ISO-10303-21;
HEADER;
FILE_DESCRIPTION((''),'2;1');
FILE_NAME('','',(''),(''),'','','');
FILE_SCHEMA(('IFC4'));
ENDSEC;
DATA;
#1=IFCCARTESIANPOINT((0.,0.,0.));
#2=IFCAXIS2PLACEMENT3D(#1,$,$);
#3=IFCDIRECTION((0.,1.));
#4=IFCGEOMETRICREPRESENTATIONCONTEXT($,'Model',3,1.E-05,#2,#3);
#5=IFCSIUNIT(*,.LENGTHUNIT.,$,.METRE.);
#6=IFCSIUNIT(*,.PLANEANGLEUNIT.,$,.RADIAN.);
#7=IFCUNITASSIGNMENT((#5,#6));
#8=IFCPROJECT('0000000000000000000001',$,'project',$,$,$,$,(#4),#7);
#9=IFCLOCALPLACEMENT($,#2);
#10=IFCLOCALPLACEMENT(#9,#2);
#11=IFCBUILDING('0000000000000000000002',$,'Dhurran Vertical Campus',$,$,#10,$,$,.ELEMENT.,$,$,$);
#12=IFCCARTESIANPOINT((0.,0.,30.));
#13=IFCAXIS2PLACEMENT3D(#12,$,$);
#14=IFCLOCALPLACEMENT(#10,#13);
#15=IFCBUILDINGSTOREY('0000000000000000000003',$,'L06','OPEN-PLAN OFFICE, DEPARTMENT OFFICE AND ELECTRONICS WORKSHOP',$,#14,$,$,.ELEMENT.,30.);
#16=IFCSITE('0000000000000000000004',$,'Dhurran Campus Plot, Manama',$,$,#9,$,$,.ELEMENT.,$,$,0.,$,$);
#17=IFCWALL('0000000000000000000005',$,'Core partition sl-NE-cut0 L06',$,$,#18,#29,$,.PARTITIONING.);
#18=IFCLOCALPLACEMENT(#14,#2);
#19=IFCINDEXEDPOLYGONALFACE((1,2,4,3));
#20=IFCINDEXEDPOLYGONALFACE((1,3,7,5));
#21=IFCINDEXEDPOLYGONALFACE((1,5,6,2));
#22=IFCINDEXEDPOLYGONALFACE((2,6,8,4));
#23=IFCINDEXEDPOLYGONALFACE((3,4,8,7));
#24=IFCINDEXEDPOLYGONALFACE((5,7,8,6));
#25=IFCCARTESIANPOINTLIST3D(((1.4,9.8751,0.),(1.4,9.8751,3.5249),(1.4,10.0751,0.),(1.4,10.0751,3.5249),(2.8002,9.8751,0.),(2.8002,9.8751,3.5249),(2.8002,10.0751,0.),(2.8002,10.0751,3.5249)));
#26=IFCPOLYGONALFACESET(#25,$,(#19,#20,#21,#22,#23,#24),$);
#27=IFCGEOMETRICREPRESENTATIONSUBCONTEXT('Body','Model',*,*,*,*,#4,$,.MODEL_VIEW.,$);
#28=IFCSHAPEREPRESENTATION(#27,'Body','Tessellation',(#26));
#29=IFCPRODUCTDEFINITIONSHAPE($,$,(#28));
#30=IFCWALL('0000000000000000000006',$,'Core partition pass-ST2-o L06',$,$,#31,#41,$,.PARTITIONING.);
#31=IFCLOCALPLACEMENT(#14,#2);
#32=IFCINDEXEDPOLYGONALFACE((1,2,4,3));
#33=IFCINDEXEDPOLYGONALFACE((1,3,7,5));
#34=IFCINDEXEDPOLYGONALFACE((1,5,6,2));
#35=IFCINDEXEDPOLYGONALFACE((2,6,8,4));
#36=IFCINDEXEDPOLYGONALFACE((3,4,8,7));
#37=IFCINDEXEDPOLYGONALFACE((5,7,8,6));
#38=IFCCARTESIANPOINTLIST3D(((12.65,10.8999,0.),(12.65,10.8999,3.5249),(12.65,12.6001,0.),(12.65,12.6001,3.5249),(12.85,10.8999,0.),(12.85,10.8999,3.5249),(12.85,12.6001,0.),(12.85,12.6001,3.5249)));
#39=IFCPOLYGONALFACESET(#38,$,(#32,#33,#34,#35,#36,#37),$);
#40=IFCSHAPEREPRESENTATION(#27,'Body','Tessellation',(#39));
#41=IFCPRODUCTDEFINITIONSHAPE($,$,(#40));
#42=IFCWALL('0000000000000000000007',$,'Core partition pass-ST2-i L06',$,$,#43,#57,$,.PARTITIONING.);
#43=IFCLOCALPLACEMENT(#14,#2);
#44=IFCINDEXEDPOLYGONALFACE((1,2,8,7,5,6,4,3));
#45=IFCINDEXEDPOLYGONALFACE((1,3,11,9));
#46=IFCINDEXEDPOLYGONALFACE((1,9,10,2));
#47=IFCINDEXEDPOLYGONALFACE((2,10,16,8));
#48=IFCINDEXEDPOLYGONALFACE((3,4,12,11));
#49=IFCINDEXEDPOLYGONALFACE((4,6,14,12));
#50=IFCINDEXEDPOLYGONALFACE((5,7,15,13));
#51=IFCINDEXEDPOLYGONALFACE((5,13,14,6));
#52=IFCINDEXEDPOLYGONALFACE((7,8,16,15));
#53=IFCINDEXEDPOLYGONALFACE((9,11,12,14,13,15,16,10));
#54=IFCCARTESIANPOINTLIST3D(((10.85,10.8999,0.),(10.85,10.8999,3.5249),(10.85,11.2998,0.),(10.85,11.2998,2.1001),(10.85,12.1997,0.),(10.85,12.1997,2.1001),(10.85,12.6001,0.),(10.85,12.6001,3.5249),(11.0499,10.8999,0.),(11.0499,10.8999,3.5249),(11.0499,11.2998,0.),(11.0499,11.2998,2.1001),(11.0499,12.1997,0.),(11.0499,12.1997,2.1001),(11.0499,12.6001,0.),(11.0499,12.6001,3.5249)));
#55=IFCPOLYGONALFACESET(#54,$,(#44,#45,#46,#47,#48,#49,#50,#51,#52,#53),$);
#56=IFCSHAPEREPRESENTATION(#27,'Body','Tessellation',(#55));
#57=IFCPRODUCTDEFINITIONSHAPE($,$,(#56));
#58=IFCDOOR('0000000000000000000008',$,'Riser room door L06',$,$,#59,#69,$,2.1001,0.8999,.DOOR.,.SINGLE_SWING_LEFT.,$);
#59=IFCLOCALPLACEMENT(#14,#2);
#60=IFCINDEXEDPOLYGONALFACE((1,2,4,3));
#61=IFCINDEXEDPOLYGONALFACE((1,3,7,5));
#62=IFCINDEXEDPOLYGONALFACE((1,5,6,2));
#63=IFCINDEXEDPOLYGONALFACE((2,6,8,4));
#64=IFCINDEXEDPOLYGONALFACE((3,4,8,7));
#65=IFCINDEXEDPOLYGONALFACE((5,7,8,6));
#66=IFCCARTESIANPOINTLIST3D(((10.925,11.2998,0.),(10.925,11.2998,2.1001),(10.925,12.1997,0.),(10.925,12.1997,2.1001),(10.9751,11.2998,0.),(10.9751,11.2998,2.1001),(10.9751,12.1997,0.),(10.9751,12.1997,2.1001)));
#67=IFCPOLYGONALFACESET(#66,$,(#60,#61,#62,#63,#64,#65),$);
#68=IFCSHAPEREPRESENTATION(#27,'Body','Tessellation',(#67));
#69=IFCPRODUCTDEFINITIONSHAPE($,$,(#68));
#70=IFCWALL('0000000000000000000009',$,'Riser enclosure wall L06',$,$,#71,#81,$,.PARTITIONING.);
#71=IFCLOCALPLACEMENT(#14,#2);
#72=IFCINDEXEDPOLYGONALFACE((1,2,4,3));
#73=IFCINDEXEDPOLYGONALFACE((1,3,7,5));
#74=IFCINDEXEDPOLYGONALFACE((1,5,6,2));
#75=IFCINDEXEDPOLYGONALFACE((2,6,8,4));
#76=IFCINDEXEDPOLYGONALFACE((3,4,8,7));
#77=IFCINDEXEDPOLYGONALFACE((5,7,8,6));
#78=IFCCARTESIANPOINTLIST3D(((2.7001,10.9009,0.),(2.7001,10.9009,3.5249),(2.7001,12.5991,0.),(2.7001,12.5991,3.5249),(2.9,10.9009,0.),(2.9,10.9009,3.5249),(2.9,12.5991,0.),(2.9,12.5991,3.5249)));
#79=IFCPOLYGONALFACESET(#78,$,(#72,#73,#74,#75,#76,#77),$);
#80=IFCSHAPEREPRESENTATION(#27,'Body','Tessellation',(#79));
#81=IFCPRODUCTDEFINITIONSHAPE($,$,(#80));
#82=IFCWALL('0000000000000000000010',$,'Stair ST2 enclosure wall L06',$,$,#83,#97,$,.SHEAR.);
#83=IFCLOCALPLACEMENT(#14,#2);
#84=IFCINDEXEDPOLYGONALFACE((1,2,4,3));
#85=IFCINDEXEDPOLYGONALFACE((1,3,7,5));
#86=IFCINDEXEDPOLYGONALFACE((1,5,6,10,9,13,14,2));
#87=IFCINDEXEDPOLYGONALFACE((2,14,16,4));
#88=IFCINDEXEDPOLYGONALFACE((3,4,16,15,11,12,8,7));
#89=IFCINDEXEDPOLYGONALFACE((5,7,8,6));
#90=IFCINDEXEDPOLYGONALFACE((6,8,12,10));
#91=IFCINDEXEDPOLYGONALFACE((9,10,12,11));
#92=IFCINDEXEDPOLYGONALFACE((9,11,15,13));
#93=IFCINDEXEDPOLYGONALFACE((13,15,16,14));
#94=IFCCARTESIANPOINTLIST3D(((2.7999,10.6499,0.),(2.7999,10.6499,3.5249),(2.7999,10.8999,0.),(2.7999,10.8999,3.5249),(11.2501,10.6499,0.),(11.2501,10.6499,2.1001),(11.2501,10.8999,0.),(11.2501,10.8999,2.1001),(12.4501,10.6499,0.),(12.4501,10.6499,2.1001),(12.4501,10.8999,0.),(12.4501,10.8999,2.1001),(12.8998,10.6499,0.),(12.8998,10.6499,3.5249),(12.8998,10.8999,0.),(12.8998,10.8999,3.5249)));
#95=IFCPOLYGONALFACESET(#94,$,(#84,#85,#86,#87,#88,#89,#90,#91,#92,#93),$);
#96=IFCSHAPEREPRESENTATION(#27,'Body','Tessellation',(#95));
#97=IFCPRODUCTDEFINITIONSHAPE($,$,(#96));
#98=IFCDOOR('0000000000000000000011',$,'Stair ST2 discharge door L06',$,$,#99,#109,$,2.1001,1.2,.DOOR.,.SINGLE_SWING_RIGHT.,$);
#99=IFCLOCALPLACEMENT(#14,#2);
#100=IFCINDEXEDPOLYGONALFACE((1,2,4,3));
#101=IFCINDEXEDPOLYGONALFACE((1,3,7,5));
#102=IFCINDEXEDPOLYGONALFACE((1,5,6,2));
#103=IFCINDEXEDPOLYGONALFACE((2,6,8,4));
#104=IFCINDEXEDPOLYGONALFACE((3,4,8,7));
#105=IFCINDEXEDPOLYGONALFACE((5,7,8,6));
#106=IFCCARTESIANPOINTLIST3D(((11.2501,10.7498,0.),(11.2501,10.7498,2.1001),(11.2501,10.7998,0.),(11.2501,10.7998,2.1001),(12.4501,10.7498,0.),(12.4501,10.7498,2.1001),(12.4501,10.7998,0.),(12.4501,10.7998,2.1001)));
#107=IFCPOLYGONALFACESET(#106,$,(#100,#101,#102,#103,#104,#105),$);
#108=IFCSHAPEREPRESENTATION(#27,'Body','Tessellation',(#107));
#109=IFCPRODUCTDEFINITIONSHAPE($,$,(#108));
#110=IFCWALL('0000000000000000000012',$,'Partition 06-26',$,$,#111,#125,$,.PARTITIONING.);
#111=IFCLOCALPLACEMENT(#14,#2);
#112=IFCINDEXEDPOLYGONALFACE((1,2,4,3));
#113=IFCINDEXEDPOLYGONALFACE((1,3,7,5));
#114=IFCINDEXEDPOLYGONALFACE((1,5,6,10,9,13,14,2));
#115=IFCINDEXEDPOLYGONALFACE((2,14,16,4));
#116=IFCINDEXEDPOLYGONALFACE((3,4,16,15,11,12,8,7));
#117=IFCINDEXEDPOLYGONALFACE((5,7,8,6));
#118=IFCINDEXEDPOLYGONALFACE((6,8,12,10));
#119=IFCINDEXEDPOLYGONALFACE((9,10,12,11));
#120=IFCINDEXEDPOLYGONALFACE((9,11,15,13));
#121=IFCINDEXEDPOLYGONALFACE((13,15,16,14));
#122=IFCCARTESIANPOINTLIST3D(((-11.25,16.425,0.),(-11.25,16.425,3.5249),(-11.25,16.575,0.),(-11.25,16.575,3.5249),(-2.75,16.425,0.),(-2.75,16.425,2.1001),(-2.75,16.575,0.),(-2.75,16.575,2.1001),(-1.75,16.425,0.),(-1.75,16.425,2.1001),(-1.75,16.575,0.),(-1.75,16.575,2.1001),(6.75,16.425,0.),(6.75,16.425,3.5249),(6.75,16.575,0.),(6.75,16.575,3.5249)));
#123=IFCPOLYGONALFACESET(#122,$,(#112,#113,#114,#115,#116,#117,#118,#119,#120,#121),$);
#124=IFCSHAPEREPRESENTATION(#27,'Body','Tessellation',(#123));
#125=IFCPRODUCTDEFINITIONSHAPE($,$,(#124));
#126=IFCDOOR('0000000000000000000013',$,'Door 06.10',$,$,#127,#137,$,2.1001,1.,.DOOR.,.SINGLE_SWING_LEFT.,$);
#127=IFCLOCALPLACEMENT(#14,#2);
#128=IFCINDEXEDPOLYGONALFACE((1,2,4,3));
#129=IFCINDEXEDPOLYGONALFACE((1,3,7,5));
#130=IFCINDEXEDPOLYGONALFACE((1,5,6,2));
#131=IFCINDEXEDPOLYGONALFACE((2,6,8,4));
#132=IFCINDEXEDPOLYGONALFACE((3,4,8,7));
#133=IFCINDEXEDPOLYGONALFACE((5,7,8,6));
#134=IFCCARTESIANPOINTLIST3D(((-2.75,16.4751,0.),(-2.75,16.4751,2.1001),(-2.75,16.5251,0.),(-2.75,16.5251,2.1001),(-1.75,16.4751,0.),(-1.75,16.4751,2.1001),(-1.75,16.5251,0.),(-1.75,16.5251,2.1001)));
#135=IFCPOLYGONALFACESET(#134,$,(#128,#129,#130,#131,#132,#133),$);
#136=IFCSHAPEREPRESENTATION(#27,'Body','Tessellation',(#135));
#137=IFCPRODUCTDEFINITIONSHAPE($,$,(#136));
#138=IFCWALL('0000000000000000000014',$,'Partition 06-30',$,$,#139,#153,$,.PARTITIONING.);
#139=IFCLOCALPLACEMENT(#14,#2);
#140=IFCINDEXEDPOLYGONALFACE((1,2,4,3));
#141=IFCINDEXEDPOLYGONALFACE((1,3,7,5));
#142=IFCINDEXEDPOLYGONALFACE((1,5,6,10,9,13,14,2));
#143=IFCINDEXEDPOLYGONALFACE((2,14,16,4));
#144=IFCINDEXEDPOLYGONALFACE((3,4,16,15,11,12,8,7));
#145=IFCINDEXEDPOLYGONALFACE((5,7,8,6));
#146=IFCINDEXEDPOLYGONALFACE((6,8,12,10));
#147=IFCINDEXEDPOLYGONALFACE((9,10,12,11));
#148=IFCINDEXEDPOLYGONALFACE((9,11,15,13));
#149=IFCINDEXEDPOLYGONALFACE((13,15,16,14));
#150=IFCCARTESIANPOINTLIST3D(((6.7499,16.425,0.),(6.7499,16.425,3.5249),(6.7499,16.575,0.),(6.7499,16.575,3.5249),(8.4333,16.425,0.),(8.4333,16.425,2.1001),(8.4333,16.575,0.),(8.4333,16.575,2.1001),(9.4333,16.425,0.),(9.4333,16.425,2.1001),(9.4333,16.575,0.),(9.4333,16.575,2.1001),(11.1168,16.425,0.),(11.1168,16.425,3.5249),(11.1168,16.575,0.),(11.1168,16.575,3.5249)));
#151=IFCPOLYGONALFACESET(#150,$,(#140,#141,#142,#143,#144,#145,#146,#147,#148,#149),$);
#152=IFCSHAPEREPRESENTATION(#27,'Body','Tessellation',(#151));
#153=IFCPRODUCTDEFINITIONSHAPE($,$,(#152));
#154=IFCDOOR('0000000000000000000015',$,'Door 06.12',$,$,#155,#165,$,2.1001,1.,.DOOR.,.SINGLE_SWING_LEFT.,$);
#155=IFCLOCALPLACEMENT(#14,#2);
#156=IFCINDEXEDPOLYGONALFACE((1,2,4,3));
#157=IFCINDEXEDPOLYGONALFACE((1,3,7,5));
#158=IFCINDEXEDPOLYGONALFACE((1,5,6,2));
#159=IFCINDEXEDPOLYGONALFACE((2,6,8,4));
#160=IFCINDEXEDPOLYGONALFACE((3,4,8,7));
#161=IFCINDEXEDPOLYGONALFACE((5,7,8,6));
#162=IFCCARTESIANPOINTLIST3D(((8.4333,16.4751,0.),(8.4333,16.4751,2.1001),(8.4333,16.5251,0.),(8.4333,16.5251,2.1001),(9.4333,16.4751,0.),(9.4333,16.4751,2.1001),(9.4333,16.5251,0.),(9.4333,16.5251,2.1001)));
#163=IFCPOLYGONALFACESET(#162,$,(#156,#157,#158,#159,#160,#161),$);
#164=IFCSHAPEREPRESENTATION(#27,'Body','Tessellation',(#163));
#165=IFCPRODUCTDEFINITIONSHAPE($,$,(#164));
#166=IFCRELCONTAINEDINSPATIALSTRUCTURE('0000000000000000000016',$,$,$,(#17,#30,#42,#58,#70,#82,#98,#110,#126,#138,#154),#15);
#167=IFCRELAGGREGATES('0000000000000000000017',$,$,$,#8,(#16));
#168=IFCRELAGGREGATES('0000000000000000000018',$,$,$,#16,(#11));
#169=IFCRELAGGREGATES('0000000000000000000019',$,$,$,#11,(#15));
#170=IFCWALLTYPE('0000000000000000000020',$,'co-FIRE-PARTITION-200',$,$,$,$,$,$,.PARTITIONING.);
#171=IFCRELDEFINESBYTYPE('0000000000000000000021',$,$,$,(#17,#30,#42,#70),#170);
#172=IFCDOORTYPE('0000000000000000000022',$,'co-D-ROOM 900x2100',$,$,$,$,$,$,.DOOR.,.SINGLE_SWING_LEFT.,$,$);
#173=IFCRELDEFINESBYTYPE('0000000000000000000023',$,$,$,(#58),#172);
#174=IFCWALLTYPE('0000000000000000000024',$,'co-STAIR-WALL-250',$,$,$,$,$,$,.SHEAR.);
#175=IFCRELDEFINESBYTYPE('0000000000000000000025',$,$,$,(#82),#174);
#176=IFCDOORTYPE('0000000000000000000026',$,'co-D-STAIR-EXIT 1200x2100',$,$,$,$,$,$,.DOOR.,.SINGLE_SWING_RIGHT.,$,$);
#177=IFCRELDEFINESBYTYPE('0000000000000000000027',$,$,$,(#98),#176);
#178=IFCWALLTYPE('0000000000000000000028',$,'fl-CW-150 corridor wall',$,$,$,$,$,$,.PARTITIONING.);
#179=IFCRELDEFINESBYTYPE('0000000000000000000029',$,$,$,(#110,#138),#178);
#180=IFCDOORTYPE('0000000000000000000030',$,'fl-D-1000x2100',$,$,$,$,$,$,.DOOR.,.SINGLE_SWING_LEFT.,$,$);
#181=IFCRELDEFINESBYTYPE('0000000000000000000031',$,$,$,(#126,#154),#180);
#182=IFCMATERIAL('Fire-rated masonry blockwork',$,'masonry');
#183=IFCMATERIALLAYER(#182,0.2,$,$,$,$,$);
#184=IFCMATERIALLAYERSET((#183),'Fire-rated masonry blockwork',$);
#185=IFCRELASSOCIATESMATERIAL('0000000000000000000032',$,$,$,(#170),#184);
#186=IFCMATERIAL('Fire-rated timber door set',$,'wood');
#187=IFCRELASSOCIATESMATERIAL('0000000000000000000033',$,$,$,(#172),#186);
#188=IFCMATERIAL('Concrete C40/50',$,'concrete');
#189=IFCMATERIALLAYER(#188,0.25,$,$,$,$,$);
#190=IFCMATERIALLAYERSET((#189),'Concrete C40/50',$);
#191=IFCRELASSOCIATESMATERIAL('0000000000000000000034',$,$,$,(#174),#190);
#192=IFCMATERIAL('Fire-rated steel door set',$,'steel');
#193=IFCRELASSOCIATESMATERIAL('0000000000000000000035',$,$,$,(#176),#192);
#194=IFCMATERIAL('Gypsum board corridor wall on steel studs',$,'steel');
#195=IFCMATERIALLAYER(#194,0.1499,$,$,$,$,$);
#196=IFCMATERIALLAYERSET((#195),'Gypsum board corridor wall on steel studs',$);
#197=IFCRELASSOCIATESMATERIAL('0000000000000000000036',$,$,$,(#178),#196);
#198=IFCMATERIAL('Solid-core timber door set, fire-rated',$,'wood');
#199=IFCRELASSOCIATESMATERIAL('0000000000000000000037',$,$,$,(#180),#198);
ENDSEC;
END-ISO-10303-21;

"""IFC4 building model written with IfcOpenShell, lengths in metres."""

from ifc_helpers import new_model, si_unit, direction, frame, frame_2d, origin, place, context, subcontext, project, spatial, rectangle, extrude, material, layer, layer_set, type_object, element, fill, save


model = new_model("IFC4")

# Units and contexts
model_context = context("Model", 3, precision=1e-05, world=origin(), true_north=direction((0.0, 1.0)))
body_context = subcontext(model_context, "Body", "Model", "MODEL_VIEW")
ifc_project = project(units=[si_unit("LENGTHUNIT", "METRE"), si_unit("PLANEANGLEUNIT", "RADIAN")], contexts=[model_context])

# Site, building, storey
site_placement = place(None, origin())
site = spatial("IfcSite", under=ifc_project, at=site_placement, Name="Dhurran Campus Plot, Manama", CompositionType="ELEMENT", RefElevation=0.0)
building_placement = place(site_placement, origin())
building = spatial("IfcBuilding", under=site, at=building_placement, Name="Dhurran Vertical Campus", CompositionType="ELEMENT")
storey_placement = place(building_placement, frame((0.0, 0.0, 30.0)))
storey = spatial("IfcBuildingStorey", under=building, at=storey_placement, Name="L06", Description="OPEN-PLAN OFFICE, DEPARTMENT OFFICE AND ELECTRONICS WORKSHOP", CompositionType="ELEMENT", Elevation=30.0)

# Walls
ifc_material_1 = material(Name="Fire-rated masonry blockwork", Category="masonry")
ifc_layer_1 = layer(ifc_material_1, 0.2)
ifc_layer_set_1 = layer_set([ifc_layer_1], Name="Fire-rated masonry blockwork")
wall_type_1 = type_object("IfcWallType", Name="co-FIRE-PARTITION-200", PredefinedType="PARTITIONING", material=ifc_layer_set_1)
wall_1_placement = place(storey_placement, frame((1.3999, 9.9751, 0.0), z_axis=(0.0, 0.0, 1.0), x_axis=(1.0, 0.0, 0.0)))
element("IfcWall", 1, at=wall_1_placement, inside=storey, type_object=wall_type_1, Name="Core partition sl-NE-cut0 L06", PredefinedType="PARTITIONING", context=body_context, shape_type="SweptSolid", body=[
    extrude(rectangle(XDim=1.4001, YDim=0.2, at=frame_2d((0.7002, 0.0))), origin(), (0.0, 0.0, 1.0), 3.5249),
])
wall_2_placement = place(storey_placement, frame((12.75, 10.8999, 0.0), z_axis=(0.0, 0.0, 1.0), x_axis=(0.0, 1.0, 0.0)))
element("IfcWall", 2, at=wall_2_placement, inside=storey, type_object=wall_type_1, Name="Core partition pass-ST2-o L06", PredefinedType="PARTITIONING", context=body_context, shape_type="SweptSolid", body=[
    extrude(rectangle(XDim=1.7002, YDim=0.2, at=frame_2d((0.8501, 0.0))), origin(), (0.0, 0.0, 1.0), 3.5249),
])

# Wall, opening, door
wall_3_placement = place(storey_placement, frame((10.95, 10.8999, 0.0), z_axis=(0.0, 0.0, 1.0), x_axis=(0.0, 1.0, 0.0)))
wall_3 = element("IfcWall", 3, at=wall_3_placement, inside=storey, type_object=wall_type_1, Name="Core partition pass-ST2-i L06", PredefinedType="PARTITIONING", context=body_context, shape_type="SweptSolid", body=[
    extrude(rectangle(XDim=1.7002, YDim=0.2, at=frame_2d((0.8501, 0.0))), origin(), (0.0, 0.0, 1.0), 3.5249),
])
opening_1_placement = place(wall_3_placement, frame((0.3999, 0.0, 0.0)))
opening_1 = element("IfcOpeningElement", 4, at=opening_1_placement, cuts=wall_3, PredefinedType="OPENING", context=body_context, shape_type="SweptSolid", body=[
    extrude(rectangle(XDim=0.8999, YDim=2.1001, at=frame_2d((0.45, 1.05))), frame((0.0, 0.1099, 0.0), z_axis=(0.0, -1.0, 0.0), x_axis=(1.0, 0.0, 0.0)), (0.0, 0.0, 1.0), 0.22),
])
ifc_material_2 = material(Name="Fire-rated timber door set", Category="wood")
door_type_1 = type_object("IfcDoorType", Name="co-D-ROOM 900x2100", OperationType="SINGLE_SWING_LEFT", PredefinedType="DOOR", material=ifc_material_2)
door_1_placement = place(opening_1_placement, origin())
door_1 = element("IfcDoor", 5, at=door_1_placement, inside=storey, type_object=door_type_1, Name="Riser room door L06", OperationType="SINGLE_SWING_LEFT", OverallHeight=2.1001, OverallWidth=0.8999, PredefinedType="DOOR", context=body_context, shape_type="SweptSolid", body=[
    extrude(rectangle(XDim=0.8999, YDim=2.1001, at=frame_2d((0.45, 1.05))), frame((0.0, 0.0249, 0.0), z_axis=(0.0, -1.0, 0.0), x_axis=(1.0, 0.0, 0.0)), (0.0, 0.0, 1.0), 0.05),
])
fill(opening_1, door_1)

# Wall
wall_4_placement = place(storey_placement, frame((2.8, 10.9009, 0.0), z_axis=(0.0, 0.0, 1.0), x_axis=(0.0, 1.0, 0.0)))
element("IfcWall", 6, at=wall_4_placement, inside=storey, type_object=wall_type_1, Name="Riser enclosure wall L06", PredefinedType="PARTITIONING", context=body_context, shape_type="SweptSolid", body=[
    extrude(rectangle(XDim=1.6982, YDim=0.2, at=frame_2d((0.8491, 0.0))), origin(), (0.0, 0.0, 1.0), 3.5249),
])

# Walls, openings, doors
ifc_material_3 = material(Name="Concrete C40/50", Category="concrete")
ifc_layer_2 = layer(ifc_material_3, 0.25)
ifc_layer_set_2 = layer_set([ifc_layer_2], Name="Concrete C40/50")
wall_type_2 = type_object("IfcWallType", Name="co-STAIR-WALL-250", PredefinedType="SHEAR", material=ifc_layer_set_2)
wall_5_placement = place(storey_placement, frame((2.8, 10.7749, 0.0), z_axis=(0.0, 0.0, 1.0), x_axis=(1.0, 0.0, 0.0)))
wall_5 = element("IfcWall", 7, at=wall_5_placement, inside=storey, type_object=wall_type_2, Name="Stair ST2 enclosure wall L06", PredefinedType="SHEAR", context=body_context, shape_type="SweptSolid", body=[
    extrude(rectangle(XDim=10.0999, YDim=0.25, at=frame_2d((5.0498, 0.0))), origin(), (0.0, 0.0, 1.0), 3.5249),
])
opening_2_placement = place(wall_5_placement, frame((8.45, 0.0, 0.0)))
opening_2 = element("IfcOpeningElement", 8, at=opening_2_placement, cuts=wall_5, PredefinedType="OPENING", context=body_context, shape_type="SweptSolid", body=[
    extrude(rectangle(XDim=1.2, YDim=2.1001, at=frame_2d((0.6001, 1.05))), frame((0.0, 0.135, 0.0), z_axis=(0.0, -1.0, 0.0), x_axis=(1.0, 0.0, 0.0)), (0.0, 0.0, 1.0), 0.27),
])
ifc_material_4 = material(Name="Fire-rated steel door set", Category="steel")
door_type_2 = type_object("IfcDoorType", Name="co-D-STAIR-EXIT 1200x2100", OperationType="SINGLE_SWING_RIGHT", PredefinedType="DOOR", material=ifc_material_4)
door_2_placement = place(opening_2_placement, origin())
door_2 = element("IfcDoor", 9, at=door_2_placement, inside=storey, type_object=door_type_2, Name="Stair ST2 discharge door L06", OperationType="SINGLE_SWING_RIGHT", OverallHeight=2.1001, OverallWidth=1.2, PredefinedType="DOOR", context=body_context, shape_type="SweptSolid", body=[
    extrude(rectangle(XDim=1.2, YDim=2.1001, at=frame_2d((0.6001, 1.05))), frame((0.0, 0.0249, 0.0), z_axis=(0.0, -1.0, 0.0), x_axis=(1.0, 0.0, 0.0)), (0.0, 0.0, 1.0), 0.05),
])
fill(opening_2, door_2)
ifc_material_5 = material(Name="Gypsum board corridor wall on steel studs", Category="steel")
ifc_layer_3 = layer(ifc_material_5, 0.1499)
ifc_layer_set_3 = layer_set([ifc_layer_3], Name="Gypsum board corridor wall on steel studs")
wall_type_3 = type_object("IfcWallType", Name="fl-CW-150 corridor wall", PredefinedType="PARTITIONING", material=ifc_layer_set_3)
wall_6_placement = place(storey_placement, frame((6.75, 16.5, 0.0), z_axis=(0.0, 0.0, 1.0), x_axis=(-1.0, 0.0, 0.0)))
wall_6 = element("IfcWall", 10, at=wall_6_placement, inside=storey, type_object=wall_type_3, Name="Partition 06-26", PredefinedType="PARTITIONING", context=body_context, shape_type="SweptSolid", body=[
    extrude(rectangle(XDim=18.0, YDim=0.1499, at=frame_2d((9.0, 0.0))), origin(), (0.0, 0.0, 1.0), 3.5249),
])
opening_3_placement = place(wall_6_placement, frame((8.5, 0.0, 0.0)))
opening_3 = element("IfcOpeningElement", 11, at=opening_3_placement, cuts=wall_6, PredefinedType="OPENING", context=body_context, shape_type="SweptSolid", body=[
    extrude(rectangle(XDim=1.0, YDim=2.1001, at=frame_2d((0.5, 1.05))), frame((0.0, 0.085, 0.0), z_axis=(0.0, -1.0, 0.0), x_axis=(1.0, 0.0, 0.0)), (0.0, 0.0, 1.0), 0.1699),
])
ifc_material_6 = material(Name="Solid-core timber door set, fire-rated", Category="wood")
door_type_3 = type_object("IfcDoorType", Name="fl-D-1000x2100", OperationType="SINGLE_SWING_LEFT", PredefinedType="DOOR", material=ifc_material_6)
door_3_placement = place(opening_3_placement, origin())
door_3 = element("IfcDoor", 12, at=door_3_placement, inside=storey, type_object=door_type_3, Name="Door 06.10", OperationType="SINGLE_SWING_LEFT", OverallHeight=2.1001, OverallWidth=1.0, PredefinedType="DOOR", context=body_context, shape_type="SweptSolid", body=[
    extrude(rectangle(XDim=1.0, YDim=2.1001, at=frame_2d((0.5, 1.05))), frame((0.0, 0.0249, 0.0), z_axis=(0.0, -1.0, 0.0), x_axis=(1.0, 0.0, 0.0)), (0.0, 0.0, 1.0), 0.05),
])
fill(opening_3, door_3)
wall_7_placement = place(storey_placement, frame((11.1169, 16.5, 0.0), z_axis=(0.0, 0.0, 1.0), x_axis=(-1.0, 0.0, 0.0)))
wall_7 = element("IfcWall", 13, at=wall_7_placement, inside=storey, type_object=wall_type_3, Name="Partition 06-30", PredefinedType="PARTITIONING", context=body_context, shape_type="SweptSolid", body=[
    extrude(rectangle(XDim=4.3669, YDim=0.1499, at=frame_2d((2.1836, 0.0))), origin(), (0.0, 0.0, 1.0), 3.5249),
])
opening_4_placement = place(wall_7_placement, frame((1.6836, 0.0, 0.0)))
opening_4 = element("IfcOpeningElement", 14, at=opening_4_placement, cuts=wall_7, PredefinedType="OPENING", context=body_context, shape_type="SweptSolid", body=[
    extrude(rectangle(XDim=1.0, YDim=2.1001, at=frame_2d((0.5, 1.05))), frame((0.0, 0.085, 0.0), z_axis=(0.0, -1.0, 0.0), x_axis=(1.0, 0.0, 0.0)), (0.0, 0.0, 1.0), 0.1699),
])
door_4_placement = place(opening_4_placement, origin())
door_4 = element("IfcDoor", 15, at=door_4_placement, inside=storey, type_object=door_type_3, Name="Door 06.12", OperationType="SINGLE_SWING_LEFT", OverallHeight=2.1001, OverallWidth=1.0, PredefinedType="DOOR", context=body_context, shape_type="SweptSolid", body=[
    extrude(rectangle(XDim=1.0, YDim=2.1001, at=frame_2d((0.5, 1.05))), frame((0.0, 0.0249, 0.0), z_axis=(0.0, -1.0, 0.0), x_axis=(1.0, 0.0, 0.0)), (0.0, 0.0, 1.0), 0.05),
])
fill(opening_4, door_4)

save(model, "model.ifc")
